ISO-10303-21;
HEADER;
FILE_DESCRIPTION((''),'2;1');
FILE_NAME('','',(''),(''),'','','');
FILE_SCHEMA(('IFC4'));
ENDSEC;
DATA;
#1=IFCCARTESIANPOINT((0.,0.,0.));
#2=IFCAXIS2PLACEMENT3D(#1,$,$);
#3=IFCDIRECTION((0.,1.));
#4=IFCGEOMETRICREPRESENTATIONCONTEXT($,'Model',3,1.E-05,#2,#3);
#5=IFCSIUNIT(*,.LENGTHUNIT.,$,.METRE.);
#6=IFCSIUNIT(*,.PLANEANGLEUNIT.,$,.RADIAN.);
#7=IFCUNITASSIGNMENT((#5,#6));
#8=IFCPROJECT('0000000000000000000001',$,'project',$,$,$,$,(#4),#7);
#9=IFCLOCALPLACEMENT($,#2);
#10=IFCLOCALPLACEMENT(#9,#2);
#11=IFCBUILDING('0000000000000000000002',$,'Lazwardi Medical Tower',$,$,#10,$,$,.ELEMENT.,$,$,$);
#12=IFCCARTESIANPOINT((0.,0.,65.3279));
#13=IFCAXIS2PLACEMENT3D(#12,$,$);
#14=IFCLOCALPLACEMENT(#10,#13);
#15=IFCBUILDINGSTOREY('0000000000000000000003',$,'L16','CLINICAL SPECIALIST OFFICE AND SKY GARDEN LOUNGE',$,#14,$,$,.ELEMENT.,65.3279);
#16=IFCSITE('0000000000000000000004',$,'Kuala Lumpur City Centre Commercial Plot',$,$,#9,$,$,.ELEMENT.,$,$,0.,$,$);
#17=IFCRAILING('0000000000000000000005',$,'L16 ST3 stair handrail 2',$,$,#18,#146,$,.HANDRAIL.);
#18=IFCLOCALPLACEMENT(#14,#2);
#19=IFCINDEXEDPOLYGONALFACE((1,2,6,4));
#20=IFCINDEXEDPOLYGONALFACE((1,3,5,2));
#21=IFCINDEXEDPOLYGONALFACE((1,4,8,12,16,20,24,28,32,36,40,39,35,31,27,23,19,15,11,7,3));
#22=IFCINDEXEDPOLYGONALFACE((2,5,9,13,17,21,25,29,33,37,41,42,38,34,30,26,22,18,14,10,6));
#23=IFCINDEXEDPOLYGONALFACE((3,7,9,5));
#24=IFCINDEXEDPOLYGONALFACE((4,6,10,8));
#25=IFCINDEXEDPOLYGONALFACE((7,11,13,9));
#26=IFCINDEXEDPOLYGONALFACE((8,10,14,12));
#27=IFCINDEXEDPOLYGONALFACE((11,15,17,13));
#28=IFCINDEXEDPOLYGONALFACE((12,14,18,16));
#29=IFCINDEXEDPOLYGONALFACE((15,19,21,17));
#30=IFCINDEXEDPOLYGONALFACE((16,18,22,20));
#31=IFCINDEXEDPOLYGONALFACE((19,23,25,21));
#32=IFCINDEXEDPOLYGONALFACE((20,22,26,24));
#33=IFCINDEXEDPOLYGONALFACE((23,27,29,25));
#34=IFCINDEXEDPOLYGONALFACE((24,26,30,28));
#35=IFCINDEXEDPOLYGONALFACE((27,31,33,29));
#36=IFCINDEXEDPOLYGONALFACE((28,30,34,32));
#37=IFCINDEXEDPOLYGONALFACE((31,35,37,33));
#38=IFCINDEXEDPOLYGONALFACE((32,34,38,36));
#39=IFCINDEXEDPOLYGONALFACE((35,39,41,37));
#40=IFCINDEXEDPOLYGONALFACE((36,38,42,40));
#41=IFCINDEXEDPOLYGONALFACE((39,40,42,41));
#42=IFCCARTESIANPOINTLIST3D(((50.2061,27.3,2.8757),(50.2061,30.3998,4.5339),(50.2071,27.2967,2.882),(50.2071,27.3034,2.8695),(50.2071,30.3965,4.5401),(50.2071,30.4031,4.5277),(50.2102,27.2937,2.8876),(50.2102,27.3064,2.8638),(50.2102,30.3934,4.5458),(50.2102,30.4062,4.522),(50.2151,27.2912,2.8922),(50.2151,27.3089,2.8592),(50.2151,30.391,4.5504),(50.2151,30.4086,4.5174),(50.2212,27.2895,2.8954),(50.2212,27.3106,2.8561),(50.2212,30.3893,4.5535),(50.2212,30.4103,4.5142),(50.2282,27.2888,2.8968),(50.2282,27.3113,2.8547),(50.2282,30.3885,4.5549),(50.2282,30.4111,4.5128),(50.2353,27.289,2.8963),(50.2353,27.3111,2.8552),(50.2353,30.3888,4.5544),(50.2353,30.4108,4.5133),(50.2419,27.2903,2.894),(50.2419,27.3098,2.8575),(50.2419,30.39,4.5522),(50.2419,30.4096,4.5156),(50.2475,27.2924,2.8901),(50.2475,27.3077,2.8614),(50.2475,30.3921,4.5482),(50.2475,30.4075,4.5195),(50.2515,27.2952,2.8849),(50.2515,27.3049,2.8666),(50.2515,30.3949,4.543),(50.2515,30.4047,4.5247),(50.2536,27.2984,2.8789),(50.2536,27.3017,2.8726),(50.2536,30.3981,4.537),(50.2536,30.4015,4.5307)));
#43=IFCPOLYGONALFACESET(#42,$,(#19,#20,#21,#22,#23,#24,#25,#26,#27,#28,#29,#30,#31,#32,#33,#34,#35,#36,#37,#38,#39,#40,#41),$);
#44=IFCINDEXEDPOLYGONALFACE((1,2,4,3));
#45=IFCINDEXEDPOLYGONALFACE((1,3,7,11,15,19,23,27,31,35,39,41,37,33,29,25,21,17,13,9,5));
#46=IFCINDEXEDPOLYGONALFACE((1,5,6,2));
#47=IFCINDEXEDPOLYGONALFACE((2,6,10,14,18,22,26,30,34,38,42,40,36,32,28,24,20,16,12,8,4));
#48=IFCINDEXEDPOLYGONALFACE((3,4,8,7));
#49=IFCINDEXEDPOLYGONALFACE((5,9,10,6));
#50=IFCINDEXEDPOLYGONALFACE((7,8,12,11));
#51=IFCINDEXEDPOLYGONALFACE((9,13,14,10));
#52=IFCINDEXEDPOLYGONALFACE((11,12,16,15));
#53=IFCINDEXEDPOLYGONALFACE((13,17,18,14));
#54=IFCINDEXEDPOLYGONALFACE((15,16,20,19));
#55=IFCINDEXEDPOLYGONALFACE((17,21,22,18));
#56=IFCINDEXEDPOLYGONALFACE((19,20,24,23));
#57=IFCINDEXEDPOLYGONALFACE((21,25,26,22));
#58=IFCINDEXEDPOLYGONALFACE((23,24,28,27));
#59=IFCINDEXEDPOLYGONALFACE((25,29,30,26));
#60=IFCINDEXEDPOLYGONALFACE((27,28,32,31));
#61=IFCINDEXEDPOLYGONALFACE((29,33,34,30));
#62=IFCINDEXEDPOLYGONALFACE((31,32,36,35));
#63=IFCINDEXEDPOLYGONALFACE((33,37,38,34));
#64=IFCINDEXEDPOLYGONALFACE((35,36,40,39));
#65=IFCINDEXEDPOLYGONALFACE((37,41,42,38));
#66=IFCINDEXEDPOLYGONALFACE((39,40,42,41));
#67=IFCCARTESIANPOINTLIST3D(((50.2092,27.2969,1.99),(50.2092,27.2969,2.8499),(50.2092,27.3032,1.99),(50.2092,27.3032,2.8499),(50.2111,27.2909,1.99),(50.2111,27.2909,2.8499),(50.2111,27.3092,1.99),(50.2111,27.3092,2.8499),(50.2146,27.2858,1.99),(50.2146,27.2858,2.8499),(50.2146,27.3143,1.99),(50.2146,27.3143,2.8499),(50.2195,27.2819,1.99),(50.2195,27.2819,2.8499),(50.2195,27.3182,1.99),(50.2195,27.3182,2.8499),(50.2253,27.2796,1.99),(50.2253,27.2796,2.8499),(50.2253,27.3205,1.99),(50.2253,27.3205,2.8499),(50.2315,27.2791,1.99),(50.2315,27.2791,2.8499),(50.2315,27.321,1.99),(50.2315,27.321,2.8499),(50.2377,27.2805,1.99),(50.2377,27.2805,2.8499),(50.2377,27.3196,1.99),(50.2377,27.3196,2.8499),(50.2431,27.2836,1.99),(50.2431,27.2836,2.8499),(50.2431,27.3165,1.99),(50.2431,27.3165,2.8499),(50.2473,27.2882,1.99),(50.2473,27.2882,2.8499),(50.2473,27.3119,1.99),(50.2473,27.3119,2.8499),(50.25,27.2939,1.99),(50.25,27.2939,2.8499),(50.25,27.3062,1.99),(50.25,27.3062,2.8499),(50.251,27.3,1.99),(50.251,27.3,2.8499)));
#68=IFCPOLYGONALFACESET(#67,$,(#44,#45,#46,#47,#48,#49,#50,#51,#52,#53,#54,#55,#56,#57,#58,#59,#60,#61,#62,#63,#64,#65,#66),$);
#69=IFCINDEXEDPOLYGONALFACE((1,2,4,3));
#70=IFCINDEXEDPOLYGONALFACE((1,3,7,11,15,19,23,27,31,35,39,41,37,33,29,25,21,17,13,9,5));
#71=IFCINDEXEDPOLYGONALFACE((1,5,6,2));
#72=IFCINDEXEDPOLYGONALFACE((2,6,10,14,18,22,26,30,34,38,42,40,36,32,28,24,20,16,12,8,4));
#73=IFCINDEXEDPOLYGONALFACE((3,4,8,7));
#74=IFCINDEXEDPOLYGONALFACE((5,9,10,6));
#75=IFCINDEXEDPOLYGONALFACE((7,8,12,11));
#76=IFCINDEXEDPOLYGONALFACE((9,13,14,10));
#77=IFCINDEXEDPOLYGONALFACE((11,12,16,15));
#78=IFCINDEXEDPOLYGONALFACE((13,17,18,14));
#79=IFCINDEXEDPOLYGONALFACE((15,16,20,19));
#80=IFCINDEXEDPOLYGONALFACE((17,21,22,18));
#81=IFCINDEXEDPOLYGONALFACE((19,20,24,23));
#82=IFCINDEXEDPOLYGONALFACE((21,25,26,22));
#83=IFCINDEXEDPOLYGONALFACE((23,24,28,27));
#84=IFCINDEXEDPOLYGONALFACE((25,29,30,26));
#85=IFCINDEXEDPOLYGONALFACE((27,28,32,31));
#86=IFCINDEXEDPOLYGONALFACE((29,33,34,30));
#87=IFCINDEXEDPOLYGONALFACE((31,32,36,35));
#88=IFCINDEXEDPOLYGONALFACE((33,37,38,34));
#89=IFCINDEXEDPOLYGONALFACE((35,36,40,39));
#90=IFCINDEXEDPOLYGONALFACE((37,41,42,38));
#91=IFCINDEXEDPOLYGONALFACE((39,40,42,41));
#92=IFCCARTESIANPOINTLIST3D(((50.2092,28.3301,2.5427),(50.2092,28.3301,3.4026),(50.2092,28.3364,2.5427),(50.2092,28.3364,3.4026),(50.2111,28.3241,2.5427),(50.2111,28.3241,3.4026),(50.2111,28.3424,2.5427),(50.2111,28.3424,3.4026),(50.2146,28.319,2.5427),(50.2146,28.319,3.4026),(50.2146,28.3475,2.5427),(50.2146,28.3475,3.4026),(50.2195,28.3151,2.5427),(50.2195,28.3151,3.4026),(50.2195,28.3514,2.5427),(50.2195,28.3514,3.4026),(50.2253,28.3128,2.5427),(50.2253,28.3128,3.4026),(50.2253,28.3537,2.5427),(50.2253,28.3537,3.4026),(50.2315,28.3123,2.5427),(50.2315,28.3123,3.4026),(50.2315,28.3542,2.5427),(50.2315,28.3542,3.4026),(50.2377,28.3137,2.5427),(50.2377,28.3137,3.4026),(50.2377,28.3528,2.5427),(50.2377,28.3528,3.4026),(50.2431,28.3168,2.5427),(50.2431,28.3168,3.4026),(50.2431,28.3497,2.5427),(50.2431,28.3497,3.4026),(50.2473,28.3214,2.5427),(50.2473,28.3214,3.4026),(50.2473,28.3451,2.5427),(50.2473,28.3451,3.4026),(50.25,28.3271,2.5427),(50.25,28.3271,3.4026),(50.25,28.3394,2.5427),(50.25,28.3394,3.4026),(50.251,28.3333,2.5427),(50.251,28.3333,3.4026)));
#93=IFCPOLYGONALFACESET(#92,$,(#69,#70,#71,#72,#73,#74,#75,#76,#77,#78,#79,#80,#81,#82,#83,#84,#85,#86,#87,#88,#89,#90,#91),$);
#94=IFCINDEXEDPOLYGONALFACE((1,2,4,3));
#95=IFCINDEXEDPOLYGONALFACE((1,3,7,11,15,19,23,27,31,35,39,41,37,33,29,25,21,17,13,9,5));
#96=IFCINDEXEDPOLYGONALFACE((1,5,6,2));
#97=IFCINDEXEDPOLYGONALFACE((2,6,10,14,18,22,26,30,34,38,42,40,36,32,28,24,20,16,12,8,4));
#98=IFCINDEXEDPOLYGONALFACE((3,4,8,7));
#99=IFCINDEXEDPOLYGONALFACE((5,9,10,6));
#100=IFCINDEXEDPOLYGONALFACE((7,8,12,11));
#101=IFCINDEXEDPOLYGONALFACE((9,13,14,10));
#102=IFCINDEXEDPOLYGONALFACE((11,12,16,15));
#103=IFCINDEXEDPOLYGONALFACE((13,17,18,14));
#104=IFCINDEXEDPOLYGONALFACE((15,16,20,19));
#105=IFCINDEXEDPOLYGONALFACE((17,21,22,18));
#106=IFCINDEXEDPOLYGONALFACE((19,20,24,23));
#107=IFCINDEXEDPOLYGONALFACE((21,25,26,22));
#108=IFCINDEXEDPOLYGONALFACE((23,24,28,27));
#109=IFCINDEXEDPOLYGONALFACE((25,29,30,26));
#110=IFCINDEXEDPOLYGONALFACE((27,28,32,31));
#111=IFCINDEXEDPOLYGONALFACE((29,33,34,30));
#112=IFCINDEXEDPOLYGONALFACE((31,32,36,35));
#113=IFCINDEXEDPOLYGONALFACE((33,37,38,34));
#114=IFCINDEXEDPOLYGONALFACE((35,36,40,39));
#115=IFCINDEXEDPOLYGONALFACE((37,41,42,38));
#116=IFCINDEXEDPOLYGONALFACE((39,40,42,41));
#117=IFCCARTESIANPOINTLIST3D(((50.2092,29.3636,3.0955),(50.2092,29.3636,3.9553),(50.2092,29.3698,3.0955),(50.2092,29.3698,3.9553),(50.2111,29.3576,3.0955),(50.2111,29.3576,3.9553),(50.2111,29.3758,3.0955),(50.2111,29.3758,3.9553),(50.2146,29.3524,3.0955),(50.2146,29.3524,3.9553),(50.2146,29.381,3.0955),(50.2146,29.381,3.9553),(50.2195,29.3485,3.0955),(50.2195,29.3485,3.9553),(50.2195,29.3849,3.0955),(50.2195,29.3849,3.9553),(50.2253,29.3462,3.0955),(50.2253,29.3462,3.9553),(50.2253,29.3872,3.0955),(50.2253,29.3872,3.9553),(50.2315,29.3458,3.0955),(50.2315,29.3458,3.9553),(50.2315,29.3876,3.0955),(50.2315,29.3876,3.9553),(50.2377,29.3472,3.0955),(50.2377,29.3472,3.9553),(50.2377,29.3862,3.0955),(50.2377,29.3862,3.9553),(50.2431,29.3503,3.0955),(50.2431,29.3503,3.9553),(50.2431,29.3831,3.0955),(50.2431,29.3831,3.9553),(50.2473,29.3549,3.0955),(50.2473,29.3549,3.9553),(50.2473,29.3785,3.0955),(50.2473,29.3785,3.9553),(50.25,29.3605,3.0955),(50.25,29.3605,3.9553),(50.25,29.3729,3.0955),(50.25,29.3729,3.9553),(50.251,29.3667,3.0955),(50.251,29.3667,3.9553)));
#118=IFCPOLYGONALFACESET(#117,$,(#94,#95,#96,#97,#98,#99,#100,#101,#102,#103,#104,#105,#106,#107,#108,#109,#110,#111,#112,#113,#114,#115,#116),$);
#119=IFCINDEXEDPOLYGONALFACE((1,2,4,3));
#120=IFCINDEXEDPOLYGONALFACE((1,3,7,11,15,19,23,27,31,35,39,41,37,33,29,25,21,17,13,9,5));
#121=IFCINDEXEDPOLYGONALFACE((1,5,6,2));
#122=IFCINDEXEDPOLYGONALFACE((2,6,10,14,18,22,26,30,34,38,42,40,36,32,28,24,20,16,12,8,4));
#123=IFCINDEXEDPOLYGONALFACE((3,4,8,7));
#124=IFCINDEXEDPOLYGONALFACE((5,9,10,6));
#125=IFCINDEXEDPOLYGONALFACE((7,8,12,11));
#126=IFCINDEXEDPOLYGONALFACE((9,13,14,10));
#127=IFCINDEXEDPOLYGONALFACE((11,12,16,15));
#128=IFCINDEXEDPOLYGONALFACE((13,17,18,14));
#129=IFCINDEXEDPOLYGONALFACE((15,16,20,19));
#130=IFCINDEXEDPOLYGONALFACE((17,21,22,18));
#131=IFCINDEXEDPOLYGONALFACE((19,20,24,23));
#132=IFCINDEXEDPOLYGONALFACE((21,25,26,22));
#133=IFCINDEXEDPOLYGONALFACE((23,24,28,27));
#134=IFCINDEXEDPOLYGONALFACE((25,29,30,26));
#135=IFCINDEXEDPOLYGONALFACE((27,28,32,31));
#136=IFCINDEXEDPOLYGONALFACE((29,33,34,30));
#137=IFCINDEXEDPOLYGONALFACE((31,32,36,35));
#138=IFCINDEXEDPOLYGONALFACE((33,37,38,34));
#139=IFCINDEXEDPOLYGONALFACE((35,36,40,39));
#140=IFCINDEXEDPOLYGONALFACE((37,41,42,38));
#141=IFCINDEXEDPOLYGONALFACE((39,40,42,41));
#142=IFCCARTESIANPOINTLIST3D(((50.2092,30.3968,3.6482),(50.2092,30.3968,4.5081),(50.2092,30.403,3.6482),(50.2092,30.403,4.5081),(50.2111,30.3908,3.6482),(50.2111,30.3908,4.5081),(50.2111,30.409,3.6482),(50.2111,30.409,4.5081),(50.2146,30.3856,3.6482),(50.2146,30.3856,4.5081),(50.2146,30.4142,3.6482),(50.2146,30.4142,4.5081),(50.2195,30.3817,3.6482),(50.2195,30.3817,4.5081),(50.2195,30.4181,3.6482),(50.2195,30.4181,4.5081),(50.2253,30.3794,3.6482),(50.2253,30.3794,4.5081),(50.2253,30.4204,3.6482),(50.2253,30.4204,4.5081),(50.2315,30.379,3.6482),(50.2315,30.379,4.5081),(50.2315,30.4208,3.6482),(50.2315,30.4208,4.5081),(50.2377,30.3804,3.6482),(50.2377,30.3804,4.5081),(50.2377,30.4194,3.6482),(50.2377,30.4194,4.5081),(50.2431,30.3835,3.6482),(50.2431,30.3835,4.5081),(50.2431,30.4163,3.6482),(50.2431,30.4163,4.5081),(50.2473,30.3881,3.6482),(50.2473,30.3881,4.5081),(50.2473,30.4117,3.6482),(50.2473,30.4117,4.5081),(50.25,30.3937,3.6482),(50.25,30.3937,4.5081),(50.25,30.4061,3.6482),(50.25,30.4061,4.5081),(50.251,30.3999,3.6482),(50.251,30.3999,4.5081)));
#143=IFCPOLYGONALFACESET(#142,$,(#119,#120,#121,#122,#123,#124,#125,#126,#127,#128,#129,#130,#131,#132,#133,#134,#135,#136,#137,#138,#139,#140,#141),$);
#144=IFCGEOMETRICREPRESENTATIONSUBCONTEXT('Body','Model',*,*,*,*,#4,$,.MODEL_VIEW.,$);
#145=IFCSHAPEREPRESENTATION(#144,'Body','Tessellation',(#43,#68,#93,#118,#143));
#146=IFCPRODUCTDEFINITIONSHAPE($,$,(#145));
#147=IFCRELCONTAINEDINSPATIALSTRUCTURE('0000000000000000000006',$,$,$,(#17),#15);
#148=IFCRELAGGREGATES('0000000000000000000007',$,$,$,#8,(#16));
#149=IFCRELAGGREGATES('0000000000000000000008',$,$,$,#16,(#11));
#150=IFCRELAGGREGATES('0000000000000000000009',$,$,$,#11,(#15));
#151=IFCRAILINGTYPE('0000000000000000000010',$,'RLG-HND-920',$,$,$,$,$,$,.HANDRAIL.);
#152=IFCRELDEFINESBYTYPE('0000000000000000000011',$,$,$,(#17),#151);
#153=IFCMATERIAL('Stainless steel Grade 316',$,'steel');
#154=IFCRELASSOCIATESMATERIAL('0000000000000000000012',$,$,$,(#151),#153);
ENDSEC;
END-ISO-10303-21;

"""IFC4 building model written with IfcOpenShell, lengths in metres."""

from ifc_helpers import new_model, si_unit, direction, frame, origin, origin_2d, place, context, subcontext, project, spatial, circle, extrude, material, type_object, element, save


model = new_model("IFC4")

# Units and contexts
model_context = context("Model", 3, precision=1e-05, world=origin(), true_north=direction((0.0, 1.0)))
body_context = subcontext(model_context, "Body", "Model", "MODEL_VIEW")
ifc_project = project(units=[si_unit("LENGTHUNIT", "METRE"), si_unit("PLANEANGLEUNIT", "RADIAN")], contexts=[model_context])

# Site, building, storey
site_placement = place(None, origin())
site = spatial("IfcSite", under=ifc_project, at=site_placement, Name="Kuala Lumpur City Centre Commercial Plot", CompositionType="ELEMENT", RefElevation=0.0)
building_placement = place(site_placement, origin())
building = spatial("IfcBuilding", under=site, at=building_placement, Name="Lazwardi Medical Tower", CompositionType="ELEMENT")
storey_placement = place(building_placement, frame((0.0, 0.0, 65.3279)))
storey = spatial("IfcBuildingStorey", under=building, at=storey_placement, Name="L16", Description="CLINICAL SPECIALIST OFFICE AND SKY GARDEN LOUNGE", CompositionType="ELEMENT", Elevation=65.3279)

# Railing
ifc_material_1 = material(Name="Stainless steel Grade 316", Category="steel")
railing_type = type_object("IfcRailingType", Name="RLG-HND-920", PredefinedType="HANDRAIL", material=ifc_material_1)
railing_placement = place(storey_placement, frame((50.23, 27.3, 1.99)))
element("IfcRailing", 1, at=railing_placement, inside=storey, type_object=railing_type, Name="L16 ST3 stair handrail 2", PredefinedType="HANDRAIL", context=body_context, shape_type="SweptSolid", body=[
    extrude(circle(Radius=0.0239, at=origin_2d()), frame((0.0, 0.0, 0.8857), z_axis=(0.0, 0.881768, 0.471684), x_axis=(-1.0, 0.0, 0.0)), (0.0, 0.0, 1.0), 3.5154),
    extrude(circle(Radius=0.021, at=origin_2d()), origin(), (0.0, 0.0, 1.0), 0.8599),
    extrude(circle(Radius=0.021, at=origin_2d()), frame((0.0, 1.0332, 0.5527)), (0.0, 0.0, 1.0), 0.8599),
    extrude(circle(Radius=0.021, at=origin_2d()), frame((0.0, 2.0667, 1.1055)), (0.0, 0.0, 1.0), 0.8599),
    extrude(circle(Radius=0.021, at=origin_2d()), frame((0.0, 3.0999, 1.6582)), (0.0, 0.0, 1.0), 0.8599),
])

save(model, "model.ifc")
